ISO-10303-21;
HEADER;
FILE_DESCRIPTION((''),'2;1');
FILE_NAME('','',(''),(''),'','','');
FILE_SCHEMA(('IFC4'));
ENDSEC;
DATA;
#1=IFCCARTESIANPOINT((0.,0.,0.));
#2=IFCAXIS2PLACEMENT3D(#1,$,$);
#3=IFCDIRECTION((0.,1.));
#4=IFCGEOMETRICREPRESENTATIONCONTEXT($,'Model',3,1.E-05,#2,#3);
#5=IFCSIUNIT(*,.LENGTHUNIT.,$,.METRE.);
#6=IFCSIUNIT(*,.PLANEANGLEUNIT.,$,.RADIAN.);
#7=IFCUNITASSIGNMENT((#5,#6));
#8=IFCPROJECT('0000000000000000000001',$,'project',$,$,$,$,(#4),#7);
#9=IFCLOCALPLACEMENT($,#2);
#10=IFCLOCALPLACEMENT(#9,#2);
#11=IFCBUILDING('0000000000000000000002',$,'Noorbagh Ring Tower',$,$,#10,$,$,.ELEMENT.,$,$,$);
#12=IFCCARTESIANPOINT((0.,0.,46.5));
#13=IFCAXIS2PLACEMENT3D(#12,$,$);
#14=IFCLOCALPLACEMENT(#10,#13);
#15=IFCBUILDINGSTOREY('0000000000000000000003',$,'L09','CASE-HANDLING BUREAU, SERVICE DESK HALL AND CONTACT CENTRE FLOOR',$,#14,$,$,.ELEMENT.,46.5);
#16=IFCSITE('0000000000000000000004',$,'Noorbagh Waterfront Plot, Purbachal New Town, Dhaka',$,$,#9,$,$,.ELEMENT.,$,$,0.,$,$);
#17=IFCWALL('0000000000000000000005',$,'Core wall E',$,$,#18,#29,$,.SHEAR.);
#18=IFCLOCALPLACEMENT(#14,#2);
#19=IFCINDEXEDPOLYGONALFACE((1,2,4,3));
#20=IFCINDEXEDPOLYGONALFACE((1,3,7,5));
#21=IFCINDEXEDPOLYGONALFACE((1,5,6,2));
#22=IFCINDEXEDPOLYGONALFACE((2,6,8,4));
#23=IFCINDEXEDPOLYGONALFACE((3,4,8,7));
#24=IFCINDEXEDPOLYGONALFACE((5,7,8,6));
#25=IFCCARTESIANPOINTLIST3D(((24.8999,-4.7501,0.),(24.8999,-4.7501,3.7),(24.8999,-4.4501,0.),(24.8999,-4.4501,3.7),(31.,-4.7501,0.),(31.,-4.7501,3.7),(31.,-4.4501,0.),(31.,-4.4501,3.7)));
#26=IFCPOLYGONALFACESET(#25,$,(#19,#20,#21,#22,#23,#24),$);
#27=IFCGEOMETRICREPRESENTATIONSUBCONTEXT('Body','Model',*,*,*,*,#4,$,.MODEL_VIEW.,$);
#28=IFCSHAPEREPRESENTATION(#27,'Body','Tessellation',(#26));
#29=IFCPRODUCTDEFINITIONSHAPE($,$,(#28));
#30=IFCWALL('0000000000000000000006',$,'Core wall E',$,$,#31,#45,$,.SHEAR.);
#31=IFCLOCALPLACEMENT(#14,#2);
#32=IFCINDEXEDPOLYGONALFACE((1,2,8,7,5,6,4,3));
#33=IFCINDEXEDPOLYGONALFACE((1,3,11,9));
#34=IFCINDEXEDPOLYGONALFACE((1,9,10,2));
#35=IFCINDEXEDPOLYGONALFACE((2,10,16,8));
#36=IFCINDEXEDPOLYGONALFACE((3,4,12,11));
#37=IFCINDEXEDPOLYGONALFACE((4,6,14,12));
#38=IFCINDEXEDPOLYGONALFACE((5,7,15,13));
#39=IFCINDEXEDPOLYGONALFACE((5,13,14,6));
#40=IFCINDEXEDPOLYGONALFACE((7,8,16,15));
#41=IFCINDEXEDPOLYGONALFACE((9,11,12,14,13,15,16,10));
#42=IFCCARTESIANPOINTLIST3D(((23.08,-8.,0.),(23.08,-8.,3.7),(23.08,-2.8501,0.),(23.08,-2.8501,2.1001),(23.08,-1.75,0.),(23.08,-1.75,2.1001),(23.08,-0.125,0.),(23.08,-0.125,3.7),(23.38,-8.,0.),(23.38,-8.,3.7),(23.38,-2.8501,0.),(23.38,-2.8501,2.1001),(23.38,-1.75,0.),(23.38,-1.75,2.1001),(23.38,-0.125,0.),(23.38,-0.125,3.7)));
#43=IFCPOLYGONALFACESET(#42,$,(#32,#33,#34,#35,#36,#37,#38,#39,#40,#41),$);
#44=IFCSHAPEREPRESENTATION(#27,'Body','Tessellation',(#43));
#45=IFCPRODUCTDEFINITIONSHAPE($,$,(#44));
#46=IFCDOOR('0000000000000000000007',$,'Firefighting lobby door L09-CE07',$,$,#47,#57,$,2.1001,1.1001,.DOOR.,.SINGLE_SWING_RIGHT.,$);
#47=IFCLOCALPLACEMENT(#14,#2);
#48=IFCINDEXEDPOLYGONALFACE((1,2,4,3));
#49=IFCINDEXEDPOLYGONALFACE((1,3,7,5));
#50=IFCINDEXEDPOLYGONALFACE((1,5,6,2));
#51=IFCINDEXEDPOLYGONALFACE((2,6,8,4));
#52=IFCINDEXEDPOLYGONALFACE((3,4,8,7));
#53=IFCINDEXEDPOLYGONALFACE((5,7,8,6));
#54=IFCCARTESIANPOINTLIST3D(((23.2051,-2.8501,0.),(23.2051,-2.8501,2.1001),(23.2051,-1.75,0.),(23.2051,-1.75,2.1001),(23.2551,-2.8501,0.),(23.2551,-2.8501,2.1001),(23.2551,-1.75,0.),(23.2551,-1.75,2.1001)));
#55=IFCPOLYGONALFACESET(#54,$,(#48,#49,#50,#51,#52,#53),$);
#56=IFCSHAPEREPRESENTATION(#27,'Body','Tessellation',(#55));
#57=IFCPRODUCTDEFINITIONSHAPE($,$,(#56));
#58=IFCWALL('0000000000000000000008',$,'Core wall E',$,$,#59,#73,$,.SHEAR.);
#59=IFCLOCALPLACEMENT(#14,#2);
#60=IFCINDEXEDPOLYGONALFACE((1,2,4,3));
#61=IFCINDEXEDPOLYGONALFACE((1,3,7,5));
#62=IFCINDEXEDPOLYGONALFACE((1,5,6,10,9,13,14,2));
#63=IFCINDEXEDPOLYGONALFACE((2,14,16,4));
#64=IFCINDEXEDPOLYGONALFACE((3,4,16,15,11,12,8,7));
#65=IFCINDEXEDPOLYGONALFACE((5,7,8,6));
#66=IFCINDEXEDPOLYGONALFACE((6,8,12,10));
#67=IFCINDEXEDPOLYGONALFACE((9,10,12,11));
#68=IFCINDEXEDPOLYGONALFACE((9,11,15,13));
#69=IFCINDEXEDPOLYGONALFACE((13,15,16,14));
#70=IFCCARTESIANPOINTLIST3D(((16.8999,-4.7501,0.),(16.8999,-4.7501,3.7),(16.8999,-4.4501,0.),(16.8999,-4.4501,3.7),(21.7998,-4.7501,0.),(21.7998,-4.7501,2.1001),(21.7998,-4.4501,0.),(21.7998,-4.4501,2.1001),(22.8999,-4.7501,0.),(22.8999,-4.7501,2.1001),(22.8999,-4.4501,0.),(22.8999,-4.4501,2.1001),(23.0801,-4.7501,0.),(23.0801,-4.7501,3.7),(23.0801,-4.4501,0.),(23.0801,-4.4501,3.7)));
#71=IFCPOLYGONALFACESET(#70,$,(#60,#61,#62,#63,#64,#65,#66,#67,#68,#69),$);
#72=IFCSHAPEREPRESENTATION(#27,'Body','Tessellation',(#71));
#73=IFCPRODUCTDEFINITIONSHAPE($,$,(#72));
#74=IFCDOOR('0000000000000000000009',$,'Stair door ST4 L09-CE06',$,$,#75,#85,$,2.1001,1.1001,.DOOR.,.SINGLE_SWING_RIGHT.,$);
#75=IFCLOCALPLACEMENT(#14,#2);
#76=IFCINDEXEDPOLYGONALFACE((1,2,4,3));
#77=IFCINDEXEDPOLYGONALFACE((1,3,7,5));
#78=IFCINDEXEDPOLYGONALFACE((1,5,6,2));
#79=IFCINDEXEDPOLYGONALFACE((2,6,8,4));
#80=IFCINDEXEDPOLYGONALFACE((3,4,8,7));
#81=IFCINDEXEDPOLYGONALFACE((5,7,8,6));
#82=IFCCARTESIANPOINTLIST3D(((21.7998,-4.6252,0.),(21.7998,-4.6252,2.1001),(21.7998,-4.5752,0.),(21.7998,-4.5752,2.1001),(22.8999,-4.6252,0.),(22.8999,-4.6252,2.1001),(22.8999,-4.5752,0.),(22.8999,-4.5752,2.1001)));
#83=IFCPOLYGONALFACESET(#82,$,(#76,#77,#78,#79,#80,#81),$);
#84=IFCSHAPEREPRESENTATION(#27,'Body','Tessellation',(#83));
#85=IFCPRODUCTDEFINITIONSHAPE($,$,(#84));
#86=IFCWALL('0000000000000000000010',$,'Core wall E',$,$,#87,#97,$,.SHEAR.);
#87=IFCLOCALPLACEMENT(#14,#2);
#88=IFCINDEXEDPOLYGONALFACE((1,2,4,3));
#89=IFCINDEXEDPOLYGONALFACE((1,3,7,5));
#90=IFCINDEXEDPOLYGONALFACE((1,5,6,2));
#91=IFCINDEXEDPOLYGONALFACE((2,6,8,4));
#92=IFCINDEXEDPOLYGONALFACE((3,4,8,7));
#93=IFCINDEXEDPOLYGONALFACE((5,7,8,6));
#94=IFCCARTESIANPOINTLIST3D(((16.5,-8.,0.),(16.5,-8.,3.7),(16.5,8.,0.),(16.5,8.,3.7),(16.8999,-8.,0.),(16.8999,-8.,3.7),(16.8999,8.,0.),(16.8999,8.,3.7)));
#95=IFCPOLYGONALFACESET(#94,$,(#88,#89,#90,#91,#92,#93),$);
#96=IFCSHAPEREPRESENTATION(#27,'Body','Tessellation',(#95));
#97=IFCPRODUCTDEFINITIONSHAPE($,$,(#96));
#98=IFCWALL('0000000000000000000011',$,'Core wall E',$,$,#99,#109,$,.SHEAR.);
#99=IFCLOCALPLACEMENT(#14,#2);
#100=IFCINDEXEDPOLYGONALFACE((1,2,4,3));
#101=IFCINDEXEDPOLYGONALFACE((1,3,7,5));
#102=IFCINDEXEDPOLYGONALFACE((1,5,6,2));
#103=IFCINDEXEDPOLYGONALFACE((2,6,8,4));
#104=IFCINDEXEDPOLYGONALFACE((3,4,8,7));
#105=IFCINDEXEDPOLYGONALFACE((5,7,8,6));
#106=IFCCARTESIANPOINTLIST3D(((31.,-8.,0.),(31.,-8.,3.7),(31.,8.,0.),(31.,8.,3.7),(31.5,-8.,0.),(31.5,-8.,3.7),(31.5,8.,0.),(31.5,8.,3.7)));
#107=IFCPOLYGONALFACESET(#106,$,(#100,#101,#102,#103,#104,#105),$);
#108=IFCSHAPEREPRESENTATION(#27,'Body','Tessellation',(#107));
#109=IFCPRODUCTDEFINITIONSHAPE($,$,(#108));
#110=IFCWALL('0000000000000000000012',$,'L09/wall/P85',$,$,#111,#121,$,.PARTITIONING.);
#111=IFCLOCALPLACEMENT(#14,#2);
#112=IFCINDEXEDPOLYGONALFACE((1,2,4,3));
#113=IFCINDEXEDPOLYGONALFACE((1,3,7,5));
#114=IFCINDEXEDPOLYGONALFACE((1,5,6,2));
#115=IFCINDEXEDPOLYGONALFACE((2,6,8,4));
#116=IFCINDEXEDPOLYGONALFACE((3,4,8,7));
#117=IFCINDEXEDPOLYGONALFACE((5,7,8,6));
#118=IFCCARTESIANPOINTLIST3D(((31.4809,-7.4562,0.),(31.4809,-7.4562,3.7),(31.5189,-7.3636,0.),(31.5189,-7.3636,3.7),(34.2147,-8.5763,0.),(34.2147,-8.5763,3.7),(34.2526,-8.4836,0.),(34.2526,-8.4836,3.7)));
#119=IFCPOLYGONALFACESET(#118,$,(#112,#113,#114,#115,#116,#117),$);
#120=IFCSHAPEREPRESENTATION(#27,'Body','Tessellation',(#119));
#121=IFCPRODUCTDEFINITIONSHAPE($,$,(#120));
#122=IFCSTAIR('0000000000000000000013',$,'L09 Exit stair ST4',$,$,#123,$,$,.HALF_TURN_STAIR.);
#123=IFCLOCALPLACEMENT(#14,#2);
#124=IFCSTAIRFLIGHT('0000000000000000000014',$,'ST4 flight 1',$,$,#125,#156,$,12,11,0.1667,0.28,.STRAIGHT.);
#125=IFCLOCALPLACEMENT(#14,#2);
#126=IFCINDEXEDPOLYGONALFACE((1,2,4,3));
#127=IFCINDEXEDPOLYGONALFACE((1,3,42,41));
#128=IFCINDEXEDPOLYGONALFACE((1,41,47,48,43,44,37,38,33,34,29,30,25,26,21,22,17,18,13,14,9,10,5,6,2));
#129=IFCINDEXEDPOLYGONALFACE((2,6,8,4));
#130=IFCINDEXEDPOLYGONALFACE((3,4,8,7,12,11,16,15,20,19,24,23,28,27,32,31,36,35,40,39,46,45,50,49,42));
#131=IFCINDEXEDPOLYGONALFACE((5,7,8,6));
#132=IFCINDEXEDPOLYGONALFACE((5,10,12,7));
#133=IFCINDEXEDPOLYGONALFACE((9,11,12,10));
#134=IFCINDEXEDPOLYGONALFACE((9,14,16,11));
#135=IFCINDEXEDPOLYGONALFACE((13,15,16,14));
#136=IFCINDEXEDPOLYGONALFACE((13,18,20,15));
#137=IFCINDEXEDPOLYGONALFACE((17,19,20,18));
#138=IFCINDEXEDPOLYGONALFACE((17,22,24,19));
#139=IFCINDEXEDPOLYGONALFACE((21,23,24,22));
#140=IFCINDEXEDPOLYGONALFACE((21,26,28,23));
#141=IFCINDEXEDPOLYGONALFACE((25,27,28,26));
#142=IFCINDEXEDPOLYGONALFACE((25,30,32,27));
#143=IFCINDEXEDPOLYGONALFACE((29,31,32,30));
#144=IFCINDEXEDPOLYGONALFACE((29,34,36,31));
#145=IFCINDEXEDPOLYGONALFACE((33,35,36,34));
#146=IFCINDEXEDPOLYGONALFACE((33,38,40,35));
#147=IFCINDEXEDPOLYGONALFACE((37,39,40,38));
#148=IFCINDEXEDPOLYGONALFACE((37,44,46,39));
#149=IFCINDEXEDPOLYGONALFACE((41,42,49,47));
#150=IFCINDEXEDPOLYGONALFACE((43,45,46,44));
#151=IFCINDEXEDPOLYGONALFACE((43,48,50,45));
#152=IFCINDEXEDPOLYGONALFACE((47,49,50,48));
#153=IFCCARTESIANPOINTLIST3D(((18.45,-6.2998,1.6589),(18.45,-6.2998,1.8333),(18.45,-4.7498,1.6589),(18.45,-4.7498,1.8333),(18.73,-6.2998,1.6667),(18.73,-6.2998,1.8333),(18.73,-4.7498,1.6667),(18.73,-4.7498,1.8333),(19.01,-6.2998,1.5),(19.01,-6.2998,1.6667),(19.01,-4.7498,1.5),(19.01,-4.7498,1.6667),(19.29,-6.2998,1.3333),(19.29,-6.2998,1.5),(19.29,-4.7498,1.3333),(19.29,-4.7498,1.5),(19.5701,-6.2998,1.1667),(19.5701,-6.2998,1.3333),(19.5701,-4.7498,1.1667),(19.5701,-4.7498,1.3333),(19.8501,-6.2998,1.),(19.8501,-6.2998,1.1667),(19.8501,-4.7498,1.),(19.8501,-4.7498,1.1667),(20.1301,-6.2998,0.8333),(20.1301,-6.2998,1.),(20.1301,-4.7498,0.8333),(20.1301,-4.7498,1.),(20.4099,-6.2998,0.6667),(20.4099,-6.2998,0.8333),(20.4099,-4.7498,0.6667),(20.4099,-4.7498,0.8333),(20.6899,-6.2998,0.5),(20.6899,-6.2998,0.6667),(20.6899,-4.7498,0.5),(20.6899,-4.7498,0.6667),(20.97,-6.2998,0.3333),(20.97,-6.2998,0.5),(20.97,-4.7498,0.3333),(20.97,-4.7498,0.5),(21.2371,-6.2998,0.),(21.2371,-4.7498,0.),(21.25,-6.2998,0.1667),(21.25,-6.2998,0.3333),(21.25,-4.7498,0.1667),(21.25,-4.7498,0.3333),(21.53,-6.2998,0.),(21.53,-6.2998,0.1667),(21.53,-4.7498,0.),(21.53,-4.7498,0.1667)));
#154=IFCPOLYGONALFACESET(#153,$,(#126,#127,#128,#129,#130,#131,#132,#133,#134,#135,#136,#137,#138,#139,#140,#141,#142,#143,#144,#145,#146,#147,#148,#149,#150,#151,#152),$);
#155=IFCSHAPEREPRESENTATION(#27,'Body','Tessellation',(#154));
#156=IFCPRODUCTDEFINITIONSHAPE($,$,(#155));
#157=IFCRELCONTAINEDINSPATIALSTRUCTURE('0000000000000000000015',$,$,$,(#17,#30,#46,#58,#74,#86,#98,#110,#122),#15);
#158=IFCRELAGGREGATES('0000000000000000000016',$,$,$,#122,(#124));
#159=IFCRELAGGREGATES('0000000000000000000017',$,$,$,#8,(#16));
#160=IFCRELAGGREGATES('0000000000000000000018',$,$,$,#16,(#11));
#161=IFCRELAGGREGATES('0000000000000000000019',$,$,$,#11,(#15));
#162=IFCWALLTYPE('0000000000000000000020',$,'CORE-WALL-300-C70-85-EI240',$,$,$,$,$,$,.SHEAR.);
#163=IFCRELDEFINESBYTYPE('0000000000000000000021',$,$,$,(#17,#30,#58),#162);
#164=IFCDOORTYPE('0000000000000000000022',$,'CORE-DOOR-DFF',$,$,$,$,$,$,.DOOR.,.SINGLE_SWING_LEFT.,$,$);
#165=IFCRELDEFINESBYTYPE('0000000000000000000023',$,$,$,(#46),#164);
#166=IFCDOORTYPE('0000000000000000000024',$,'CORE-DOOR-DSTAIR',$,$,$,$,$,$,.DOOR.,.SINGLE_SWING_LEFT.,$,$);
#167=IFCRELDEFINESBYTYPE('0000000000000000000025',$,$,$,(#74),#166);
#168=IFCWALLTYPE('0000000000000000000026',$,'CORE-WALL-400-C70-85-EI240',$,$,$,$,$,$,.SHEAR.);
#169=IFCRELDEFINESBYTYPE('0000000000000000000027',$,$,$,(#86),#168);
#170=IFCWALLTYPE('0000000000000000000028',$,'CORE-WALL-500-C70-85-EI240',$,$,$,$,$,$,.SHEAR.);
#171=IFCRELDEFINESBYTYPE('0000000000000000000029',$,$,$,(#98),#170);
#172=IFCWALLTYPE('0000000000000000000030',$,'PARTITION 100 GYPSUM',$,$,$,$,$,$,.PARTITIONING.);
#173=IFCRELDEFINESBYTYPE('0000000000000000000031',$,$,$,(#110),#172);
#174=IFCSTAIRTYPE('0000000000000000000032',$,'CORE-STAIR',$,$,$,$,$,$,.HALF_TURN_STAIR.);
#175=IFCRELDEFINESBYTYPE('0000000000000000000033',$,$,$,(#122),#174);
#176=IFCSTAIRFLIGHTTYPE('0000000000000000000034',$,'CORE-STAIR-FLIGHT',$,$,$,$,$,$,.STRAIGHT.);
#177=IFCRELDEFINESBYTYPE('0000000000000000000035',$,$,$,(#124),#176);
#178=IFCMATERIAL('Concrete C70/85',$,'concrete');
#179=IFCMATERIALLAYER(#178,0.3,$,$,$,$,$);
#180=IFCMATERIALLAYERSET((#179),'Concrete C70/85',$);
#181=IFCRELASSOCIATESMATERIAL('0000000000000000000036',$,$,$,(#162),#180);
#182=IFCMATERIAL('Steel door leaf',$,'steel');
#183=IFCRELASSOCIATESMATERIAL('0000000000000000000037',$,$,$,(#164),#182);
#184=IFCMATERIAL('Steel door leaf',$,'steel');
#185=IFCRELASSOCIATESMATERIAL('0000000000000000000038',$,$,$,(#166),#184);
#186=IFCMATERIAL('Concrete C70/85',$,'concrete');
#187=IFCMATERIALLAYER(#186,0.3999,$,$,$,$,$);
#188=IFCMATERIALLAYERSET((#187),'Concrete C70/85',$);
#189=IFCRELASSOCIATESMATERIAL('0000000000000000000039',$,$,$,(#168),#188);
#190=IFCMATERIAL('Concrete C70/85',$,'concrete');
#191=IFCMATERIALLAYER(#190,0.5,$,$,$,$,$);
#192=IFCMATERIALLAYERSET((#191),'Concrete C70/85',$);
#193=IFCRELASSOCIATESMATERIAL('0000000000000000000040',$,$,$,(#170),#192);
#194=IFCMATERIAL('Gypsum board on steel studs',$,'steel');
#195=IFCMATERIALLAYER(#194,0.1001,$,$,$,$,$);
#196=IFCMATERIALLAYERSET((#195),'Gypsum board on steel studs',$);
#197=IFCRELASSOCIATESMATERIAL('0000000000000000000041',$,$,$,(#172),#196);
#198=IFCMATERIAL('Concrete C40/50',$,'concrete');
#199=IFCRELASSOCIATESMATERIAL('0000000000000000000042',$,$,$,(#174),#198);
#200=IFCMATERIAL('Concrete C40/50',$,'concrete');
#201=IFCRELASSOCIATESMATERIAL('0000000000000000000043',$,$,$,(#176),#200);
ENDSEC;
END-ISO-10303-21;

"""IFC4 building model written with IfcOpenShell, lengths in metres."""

from ifc_helpers import new_model, si_unit, direction, frame, frame_2d, origin, place, context, subcontext, project, spatial, polyline, rectangle, outline, extrude, material, layer, layer_set, type_object, element, fill, aggregate, save


model = new_model("IFC4")

# Units and contexts
model_context = context("Model", 3, precision=1e-05, world=origin(), true_north=direction((0.0, 1.0)))
body_context = subcontext(model_context, "Body", "Model", "MODEL_VIEW")
ifc_project = project(units=[si_unit("LENGTHUNIT", "METRE"), si_unit("PLANEANGLEUNIT", "RADIAN")], contexts=[model_context])

# Site, building, storey
site_placement = place(None, origin())
site = spatial("IfcSite", under=ifc_project, at=site_placement, Name="Noorbagh Waterfront Plot, Purbachal New Town, Dhaka", CompositionType="ELEMENT", RefElevation=0.0)
building_placement = place(site_placement, origin())
building = spatial("IfcBuilding", under=site, at=building_placement, Name="Noorbagh Ring Tower", CompositionType="ELEMENT")
storey_placement = place(building_placement, frame((0.0, 0.0, 46.5)))
storey = spatial("IfcBuildingStorey", under=building, at=storey_placement, Name="L09", Description="CASE-HANDLING BUREAU, SERVICE DESK HALL AND CONTACT CENTRE FLOOR", CompositionType="ELEMENT", Elevation=46.5)

# Wall
ifc_material_1 = material(Name="Concrete C70/85", Category="concrete")
ifc_layer_1 = layer(ifc_material_1, 0.3)
ifc_layer_set_1 = layer_set([ifc_layer_1], Name="Concrete C70/85")
wall_type_1 = type_object("IfcWallType", Name="CORE-WALL-300-C70-85-EI240", PredefinedType="SHEAR", material=ifc_layer_set_1)
wall_1_placement = place(storey_placement, frame((24.8999, -4.6001, 0.0), z_axis=(0.0, 0.0, 1.0), x_axis=(1.0, 0.0, 0.0)))
element("IfcWall", 1, at=wall_1_placement, inside=storey, type_object=wall_type_1, Name="Core wall E", PredefinedType="SHEAR", context=body_context, shape_type="SweptSolid", body=[
    extrude(rectangle(XDim=6.1001, YDim=0.3, at=frame_2d((3.05, 0.0))), origin(), (0.0, 0.0, 1.0), 3.7),
])

# Walls, openings, doors
wall_2_placement = place(storey_placement, frame((23.23, -8.0, 0.0), z_axis=(0.0, 0.0, 1.0), x_axis=(0.0, 1.0, 0.0)))
wall_2 = element("IfcWall", 2, at=wall_2_placement, inside=storey, type_object=wall_type_1, Name="Core wall E", PredefinedType="SHEAR", context=body_context, shape_type="SweptSolid", body=[
    extrude(rectangle(XDim=7.875, YDim=0.3, at=frame_2d((3.9375, 0.0))), origin(), (0.0, 0.0, 1.0), 3.7),
])
opening_1_placement = place(wall_2_placement, frame((5.1499, 0.0, 0.0)))
opening_1 = element("IfcOpeningElement", 3, at=opening_1_placement, cuts=wall_2, PredefinedType="OPENING", context=body_context, shape_type="SweptSolid", body=[
    extrude(rectangle(XDim=1.1001, YDim=2.1001, at=frame_2d((0.55, 1.05))), frame((0.0, 0.1602, 0.0), z_axis=(0.0, -1.0, 0.0), x_axis=(1.0, 0.0, 0.0)), (0.0, 0.0, 1.0), 0.3201),
])
ifc_material_2 = material(Name="Steel door leaf", Category="steel")
door_type_1 = type_object("IfcDoorType", Name="CORE-DOOR-DFF", OperationType="SINGLE_SWING_LEFT", PredefinedType="DOOR", material=ifc_material_2)
door_1_placement = place(opening_1_placement, origin())
door_1 = element("IfcDoor", 4, at=door_1_placement, inside=storey, type_object=door_type_1, Name="Firefighting lobby door L09-CE07", OperationType="SINGLE_SWING_RIGHT", OverallHeight=2.1001, OverallWidth=1.1001, PredefinedType="DOOR", context=body_context, shape_type="SweptSolid", body=[
    extrude(rectangle(XDim=1.1001, YDim=2.1001, at=frame_2d((0.55, 1.05))), frame((0.0, 0.0249, 0.0), z_axis=(0.0, -1.0, 0.0), x_axis=(1.0, 0.0, 0.0)), (0.0, 0.0, 1.0), 0.05),
])
fill(opening_1, door_1)
wall_3_placement = place(storey_placement, frame((16.8999, -4.6001, 0.0), z_axis=(0.0, 0.0, 1.0), x_axis=(1.0, 0.0, 0.0)))
wall_3 = element("IfcWall", 5, at=wall_3_placement, inside=storey, type_object=wall_type_1, Name="Core wall E", PredefinedType="SHEAR", context=body_context, shape_type="SweptSolid", body=[
    extrude(rectangle(XDim=6.1802, YDim=0.3, at=frame_2d((3.0901, 0.0))), origin(), (0.0, 0.0, 1.0), 3.7),
])
opening_2_placement = place(wall_3_placement, frame((4.8999, 0.0, 0.0)))
opening_2 = element("IfcOpeningElement", 6, at=opening_2_placement, cuts=wall_3, PredefinedType="OPENING", context=body_context, shape_type="SweptSolid", body=[
    extrude(rectangle(XDim=1.1001, YDim=2.1001, at=frame_2d((0.55, 1.05))), frame((0.0, 0.1602, 0.0), z_axis=(0.0, -1.0, 0.0), x_axis=(1.0, 0.0, 0.0)), (0.0, 0.0, 1.0), 0.3201),
])
ifc_material_3 = material(Name="Steel door leaf", Category="steel")
door_type_2 = type_object("IfcDoorType", Name="CORE-DOOR-DSTAIR", OperationType="SINGLE_SWING_LEFT", PredefinedType="DOOR", material=ifc_material_3)
door_2_placement = place(opening_2_placement, origin())
door_2 = element("IfcDoor", 7, at=door_2_placement, inside=storey, type_object=door_type_2, Name="Stair door ST4 L09-CE06", OperationType="SINGLE_SWING_RIGHT", OverallHeight=2.1001, OverallWidth=1.1001, PredefinedType="DOOR", context=body_context, shape_type="SweptSolid", body=[
    extrude(rectangle(XDim=1.1001, YDim=2.1001, at=frame_2d((0.55, 1.05))), frame((0.0, 0.0249, 0.0), z_axis=(0.0, -1.0, 0.0), x_axis=(1.0, 0.0, 0.0)), (0.0, 0.0, 1.0), 0.05),
])
fill(opening_2, door_2)

# Walls
ifc_material_4 = material(Name="Concrete C70/85", Category="concrete")
ifc_layer_2 = layer(ifc_material_4, 0.3999)
ifc_layer_set_2 = layer_set([ifc_layer_2], Name="Concrete C70/85")
wall_type_2 = type_object("IfcWallType", Name="CORE-WALL-400-C70-85-EI240", PredefinedType="SHEAR", material=ifc_layer_set_2)
wall_4_placement = place(storey_placement, frame((16.7, -8.0, 0.0), z_axis=(0.0, 0.0, 1.0), x_axis=(0.0, 1.0, 0.0)))
element("IfcWall", 8, at=wall_4_placement, inside=storey, type_object=wall_type_2, Name="Core wall E", PredefinedType="SHEAR", context=body_context, shape_type="SweptSolid", body=[
    extrude(rectangle(XDim=16.0, YDim=0.3999, at=frame_2d((8.0, 0.0))), origin(), (0.0, 0.0, 1.0), 3.7),
])
ifc_material_5 = material(Name="Concrete C70/85", Category="concrete")
ifc_layer_3 = layer(ifc_material_5, 0.5)
ifc_layer_set_3 = layer_set([ifc_layer_3], Name="Concrete C70/85")
wall_type_3 = type_object("IfcWallType", Name="CORE-WALL-500-C70-85-EI240", PredefinedType="SHEAR", material=ifc_layer_set_3)
wall_5_placement = place(storey_placement, frame((31.25, -8.0, 0.0), z_axis=(0.0, 0.0, 1.0), x_axis=(0.0, 1.0, 0.0)))
element("IfcWall", 9, at=wall_5_placement, inside=storey, type_object=wall_type_3, Name="Core wall E", PredefinedType="SHEAR", context=body_context, shape_type="SweptSolid", body=[
    extrude(rectangle(XDim=16.0, YDim=0.5, at=frame_2d((8.0, 0.0))), origin(), (0.0, 0.0, 1.0), 3.7),
])
ifc_material_6 = material(Name="Gypsum board on steel studs", Category="steel")
ifc_layer_4 = layer(ifc_material_6, 0.1001)
ifc_layer_set_4 = layer_set([ifc_layer_4], Name="Gypsum board on steel studs")
wall_type_4 = type_object("IfcWallType", Name="PARTITION 100 GYPSUM", PredefinedType="PARTITIONING", material=ifc_layer_set_4)
wall_6_placement = place(storey_placement, frame((31.5, -7.4099, 0.0), z_axis=(0.0, 0.0, 1.0), x_axis=(0.925344, -0.379128, 0.0)))
element("IfcWall", 10, at=wall_6_placement, inside=storey, type_object=wall_type_4, Name="L09/wall/P85", PredefinedType="PARTITIONING", context=body_context, shape_type="SweptSolid", body=[
    extrude(rectangle(XDim=2.9543, YDim=0.1001, at=frame_2d((1.4771, 0.0))), origin(), (0.0, 0.0, 1.0), 3.7),
])

# Stair, stair flight
ifc_material_7 = material(Name="Concrete C40/50", Category="concrete")
stair_type = type_object("IfcStairType", Name="CORE-STAIR", PredefinedType="HALF_TURN_STAIR", material=ifc_material_7)
stair_placement = place(storey_placement, origin())
stair = element("IfcStair", 11, at=stair_placement, inside=storey, type_object=stair_type, Name="L09 Exit stair ST4", PredefinedType="HALF_TURN_STAIR")
ifc_material_8 = material(Name="Concrete C40/50", Category="concrete")
stair_flight_type = type_object("IfcStairFlightType", Name="CORE-STAIR-FLIGHT", PredefinedType="STRAIGHT", material=ifc_material_8)
stair_flight_1_placement = place(storey_placement, frame((21.53, -5.5249, 0.0), z_axis=(0.0, 0.0, 1.0), x_axis=(-1.0, 0.0, 0.0)))
stair_flight_1 = element("IfcStairFlight", 12, at=stair_flight_1_placement, type_object=stair_flight_type, Name="ST4 flight 1", NumberOfRisers=12, NumberOfTreads=11, PredefinedType="STRAIGHT", RiserHeight=0.1667, TreadLength=0.28, context=body_context, shape_type="SweptSolid", body=[
    extrude(outline(polyline([(0.0, 0.0), (0.0, 0.1667), (0.28, 0.1667), (0.28, 0.3333), (0.5601, 0.3333), (0.5601, 0.5), (0.8401, 0.5), (0.8401, 0.6667), (1.1201, 0.6667), (1.1201, 0.8333), (1.3999, 0.8333), (1.3999, 1.0), (1.6799, 1.0), (1.6799, 1.1667), (1.96, 1.1667), (1.96, 1.3333), (2.24, 1.3333), (2.24, 1.5), (2.52, 1.5), (2.52, 1.6667), (2.8, 1.6667), (2.8, 1.8333), (3.0801, 1.8333), (3.0801, 2.0), (3.0801, 1.6589), (0.293, 0.0), (0.0, 0.0)])), frame((0.0, 0.7749, 0.0), z_axis=(0.0, -1.0, 0.0), x_axis=(1.0, 0.0, 0.0)), (0.0, 0.0, 1.0), 1.55),
])
aggregate(stair, [stair_flight_1])

save(model, "model.ifc")
